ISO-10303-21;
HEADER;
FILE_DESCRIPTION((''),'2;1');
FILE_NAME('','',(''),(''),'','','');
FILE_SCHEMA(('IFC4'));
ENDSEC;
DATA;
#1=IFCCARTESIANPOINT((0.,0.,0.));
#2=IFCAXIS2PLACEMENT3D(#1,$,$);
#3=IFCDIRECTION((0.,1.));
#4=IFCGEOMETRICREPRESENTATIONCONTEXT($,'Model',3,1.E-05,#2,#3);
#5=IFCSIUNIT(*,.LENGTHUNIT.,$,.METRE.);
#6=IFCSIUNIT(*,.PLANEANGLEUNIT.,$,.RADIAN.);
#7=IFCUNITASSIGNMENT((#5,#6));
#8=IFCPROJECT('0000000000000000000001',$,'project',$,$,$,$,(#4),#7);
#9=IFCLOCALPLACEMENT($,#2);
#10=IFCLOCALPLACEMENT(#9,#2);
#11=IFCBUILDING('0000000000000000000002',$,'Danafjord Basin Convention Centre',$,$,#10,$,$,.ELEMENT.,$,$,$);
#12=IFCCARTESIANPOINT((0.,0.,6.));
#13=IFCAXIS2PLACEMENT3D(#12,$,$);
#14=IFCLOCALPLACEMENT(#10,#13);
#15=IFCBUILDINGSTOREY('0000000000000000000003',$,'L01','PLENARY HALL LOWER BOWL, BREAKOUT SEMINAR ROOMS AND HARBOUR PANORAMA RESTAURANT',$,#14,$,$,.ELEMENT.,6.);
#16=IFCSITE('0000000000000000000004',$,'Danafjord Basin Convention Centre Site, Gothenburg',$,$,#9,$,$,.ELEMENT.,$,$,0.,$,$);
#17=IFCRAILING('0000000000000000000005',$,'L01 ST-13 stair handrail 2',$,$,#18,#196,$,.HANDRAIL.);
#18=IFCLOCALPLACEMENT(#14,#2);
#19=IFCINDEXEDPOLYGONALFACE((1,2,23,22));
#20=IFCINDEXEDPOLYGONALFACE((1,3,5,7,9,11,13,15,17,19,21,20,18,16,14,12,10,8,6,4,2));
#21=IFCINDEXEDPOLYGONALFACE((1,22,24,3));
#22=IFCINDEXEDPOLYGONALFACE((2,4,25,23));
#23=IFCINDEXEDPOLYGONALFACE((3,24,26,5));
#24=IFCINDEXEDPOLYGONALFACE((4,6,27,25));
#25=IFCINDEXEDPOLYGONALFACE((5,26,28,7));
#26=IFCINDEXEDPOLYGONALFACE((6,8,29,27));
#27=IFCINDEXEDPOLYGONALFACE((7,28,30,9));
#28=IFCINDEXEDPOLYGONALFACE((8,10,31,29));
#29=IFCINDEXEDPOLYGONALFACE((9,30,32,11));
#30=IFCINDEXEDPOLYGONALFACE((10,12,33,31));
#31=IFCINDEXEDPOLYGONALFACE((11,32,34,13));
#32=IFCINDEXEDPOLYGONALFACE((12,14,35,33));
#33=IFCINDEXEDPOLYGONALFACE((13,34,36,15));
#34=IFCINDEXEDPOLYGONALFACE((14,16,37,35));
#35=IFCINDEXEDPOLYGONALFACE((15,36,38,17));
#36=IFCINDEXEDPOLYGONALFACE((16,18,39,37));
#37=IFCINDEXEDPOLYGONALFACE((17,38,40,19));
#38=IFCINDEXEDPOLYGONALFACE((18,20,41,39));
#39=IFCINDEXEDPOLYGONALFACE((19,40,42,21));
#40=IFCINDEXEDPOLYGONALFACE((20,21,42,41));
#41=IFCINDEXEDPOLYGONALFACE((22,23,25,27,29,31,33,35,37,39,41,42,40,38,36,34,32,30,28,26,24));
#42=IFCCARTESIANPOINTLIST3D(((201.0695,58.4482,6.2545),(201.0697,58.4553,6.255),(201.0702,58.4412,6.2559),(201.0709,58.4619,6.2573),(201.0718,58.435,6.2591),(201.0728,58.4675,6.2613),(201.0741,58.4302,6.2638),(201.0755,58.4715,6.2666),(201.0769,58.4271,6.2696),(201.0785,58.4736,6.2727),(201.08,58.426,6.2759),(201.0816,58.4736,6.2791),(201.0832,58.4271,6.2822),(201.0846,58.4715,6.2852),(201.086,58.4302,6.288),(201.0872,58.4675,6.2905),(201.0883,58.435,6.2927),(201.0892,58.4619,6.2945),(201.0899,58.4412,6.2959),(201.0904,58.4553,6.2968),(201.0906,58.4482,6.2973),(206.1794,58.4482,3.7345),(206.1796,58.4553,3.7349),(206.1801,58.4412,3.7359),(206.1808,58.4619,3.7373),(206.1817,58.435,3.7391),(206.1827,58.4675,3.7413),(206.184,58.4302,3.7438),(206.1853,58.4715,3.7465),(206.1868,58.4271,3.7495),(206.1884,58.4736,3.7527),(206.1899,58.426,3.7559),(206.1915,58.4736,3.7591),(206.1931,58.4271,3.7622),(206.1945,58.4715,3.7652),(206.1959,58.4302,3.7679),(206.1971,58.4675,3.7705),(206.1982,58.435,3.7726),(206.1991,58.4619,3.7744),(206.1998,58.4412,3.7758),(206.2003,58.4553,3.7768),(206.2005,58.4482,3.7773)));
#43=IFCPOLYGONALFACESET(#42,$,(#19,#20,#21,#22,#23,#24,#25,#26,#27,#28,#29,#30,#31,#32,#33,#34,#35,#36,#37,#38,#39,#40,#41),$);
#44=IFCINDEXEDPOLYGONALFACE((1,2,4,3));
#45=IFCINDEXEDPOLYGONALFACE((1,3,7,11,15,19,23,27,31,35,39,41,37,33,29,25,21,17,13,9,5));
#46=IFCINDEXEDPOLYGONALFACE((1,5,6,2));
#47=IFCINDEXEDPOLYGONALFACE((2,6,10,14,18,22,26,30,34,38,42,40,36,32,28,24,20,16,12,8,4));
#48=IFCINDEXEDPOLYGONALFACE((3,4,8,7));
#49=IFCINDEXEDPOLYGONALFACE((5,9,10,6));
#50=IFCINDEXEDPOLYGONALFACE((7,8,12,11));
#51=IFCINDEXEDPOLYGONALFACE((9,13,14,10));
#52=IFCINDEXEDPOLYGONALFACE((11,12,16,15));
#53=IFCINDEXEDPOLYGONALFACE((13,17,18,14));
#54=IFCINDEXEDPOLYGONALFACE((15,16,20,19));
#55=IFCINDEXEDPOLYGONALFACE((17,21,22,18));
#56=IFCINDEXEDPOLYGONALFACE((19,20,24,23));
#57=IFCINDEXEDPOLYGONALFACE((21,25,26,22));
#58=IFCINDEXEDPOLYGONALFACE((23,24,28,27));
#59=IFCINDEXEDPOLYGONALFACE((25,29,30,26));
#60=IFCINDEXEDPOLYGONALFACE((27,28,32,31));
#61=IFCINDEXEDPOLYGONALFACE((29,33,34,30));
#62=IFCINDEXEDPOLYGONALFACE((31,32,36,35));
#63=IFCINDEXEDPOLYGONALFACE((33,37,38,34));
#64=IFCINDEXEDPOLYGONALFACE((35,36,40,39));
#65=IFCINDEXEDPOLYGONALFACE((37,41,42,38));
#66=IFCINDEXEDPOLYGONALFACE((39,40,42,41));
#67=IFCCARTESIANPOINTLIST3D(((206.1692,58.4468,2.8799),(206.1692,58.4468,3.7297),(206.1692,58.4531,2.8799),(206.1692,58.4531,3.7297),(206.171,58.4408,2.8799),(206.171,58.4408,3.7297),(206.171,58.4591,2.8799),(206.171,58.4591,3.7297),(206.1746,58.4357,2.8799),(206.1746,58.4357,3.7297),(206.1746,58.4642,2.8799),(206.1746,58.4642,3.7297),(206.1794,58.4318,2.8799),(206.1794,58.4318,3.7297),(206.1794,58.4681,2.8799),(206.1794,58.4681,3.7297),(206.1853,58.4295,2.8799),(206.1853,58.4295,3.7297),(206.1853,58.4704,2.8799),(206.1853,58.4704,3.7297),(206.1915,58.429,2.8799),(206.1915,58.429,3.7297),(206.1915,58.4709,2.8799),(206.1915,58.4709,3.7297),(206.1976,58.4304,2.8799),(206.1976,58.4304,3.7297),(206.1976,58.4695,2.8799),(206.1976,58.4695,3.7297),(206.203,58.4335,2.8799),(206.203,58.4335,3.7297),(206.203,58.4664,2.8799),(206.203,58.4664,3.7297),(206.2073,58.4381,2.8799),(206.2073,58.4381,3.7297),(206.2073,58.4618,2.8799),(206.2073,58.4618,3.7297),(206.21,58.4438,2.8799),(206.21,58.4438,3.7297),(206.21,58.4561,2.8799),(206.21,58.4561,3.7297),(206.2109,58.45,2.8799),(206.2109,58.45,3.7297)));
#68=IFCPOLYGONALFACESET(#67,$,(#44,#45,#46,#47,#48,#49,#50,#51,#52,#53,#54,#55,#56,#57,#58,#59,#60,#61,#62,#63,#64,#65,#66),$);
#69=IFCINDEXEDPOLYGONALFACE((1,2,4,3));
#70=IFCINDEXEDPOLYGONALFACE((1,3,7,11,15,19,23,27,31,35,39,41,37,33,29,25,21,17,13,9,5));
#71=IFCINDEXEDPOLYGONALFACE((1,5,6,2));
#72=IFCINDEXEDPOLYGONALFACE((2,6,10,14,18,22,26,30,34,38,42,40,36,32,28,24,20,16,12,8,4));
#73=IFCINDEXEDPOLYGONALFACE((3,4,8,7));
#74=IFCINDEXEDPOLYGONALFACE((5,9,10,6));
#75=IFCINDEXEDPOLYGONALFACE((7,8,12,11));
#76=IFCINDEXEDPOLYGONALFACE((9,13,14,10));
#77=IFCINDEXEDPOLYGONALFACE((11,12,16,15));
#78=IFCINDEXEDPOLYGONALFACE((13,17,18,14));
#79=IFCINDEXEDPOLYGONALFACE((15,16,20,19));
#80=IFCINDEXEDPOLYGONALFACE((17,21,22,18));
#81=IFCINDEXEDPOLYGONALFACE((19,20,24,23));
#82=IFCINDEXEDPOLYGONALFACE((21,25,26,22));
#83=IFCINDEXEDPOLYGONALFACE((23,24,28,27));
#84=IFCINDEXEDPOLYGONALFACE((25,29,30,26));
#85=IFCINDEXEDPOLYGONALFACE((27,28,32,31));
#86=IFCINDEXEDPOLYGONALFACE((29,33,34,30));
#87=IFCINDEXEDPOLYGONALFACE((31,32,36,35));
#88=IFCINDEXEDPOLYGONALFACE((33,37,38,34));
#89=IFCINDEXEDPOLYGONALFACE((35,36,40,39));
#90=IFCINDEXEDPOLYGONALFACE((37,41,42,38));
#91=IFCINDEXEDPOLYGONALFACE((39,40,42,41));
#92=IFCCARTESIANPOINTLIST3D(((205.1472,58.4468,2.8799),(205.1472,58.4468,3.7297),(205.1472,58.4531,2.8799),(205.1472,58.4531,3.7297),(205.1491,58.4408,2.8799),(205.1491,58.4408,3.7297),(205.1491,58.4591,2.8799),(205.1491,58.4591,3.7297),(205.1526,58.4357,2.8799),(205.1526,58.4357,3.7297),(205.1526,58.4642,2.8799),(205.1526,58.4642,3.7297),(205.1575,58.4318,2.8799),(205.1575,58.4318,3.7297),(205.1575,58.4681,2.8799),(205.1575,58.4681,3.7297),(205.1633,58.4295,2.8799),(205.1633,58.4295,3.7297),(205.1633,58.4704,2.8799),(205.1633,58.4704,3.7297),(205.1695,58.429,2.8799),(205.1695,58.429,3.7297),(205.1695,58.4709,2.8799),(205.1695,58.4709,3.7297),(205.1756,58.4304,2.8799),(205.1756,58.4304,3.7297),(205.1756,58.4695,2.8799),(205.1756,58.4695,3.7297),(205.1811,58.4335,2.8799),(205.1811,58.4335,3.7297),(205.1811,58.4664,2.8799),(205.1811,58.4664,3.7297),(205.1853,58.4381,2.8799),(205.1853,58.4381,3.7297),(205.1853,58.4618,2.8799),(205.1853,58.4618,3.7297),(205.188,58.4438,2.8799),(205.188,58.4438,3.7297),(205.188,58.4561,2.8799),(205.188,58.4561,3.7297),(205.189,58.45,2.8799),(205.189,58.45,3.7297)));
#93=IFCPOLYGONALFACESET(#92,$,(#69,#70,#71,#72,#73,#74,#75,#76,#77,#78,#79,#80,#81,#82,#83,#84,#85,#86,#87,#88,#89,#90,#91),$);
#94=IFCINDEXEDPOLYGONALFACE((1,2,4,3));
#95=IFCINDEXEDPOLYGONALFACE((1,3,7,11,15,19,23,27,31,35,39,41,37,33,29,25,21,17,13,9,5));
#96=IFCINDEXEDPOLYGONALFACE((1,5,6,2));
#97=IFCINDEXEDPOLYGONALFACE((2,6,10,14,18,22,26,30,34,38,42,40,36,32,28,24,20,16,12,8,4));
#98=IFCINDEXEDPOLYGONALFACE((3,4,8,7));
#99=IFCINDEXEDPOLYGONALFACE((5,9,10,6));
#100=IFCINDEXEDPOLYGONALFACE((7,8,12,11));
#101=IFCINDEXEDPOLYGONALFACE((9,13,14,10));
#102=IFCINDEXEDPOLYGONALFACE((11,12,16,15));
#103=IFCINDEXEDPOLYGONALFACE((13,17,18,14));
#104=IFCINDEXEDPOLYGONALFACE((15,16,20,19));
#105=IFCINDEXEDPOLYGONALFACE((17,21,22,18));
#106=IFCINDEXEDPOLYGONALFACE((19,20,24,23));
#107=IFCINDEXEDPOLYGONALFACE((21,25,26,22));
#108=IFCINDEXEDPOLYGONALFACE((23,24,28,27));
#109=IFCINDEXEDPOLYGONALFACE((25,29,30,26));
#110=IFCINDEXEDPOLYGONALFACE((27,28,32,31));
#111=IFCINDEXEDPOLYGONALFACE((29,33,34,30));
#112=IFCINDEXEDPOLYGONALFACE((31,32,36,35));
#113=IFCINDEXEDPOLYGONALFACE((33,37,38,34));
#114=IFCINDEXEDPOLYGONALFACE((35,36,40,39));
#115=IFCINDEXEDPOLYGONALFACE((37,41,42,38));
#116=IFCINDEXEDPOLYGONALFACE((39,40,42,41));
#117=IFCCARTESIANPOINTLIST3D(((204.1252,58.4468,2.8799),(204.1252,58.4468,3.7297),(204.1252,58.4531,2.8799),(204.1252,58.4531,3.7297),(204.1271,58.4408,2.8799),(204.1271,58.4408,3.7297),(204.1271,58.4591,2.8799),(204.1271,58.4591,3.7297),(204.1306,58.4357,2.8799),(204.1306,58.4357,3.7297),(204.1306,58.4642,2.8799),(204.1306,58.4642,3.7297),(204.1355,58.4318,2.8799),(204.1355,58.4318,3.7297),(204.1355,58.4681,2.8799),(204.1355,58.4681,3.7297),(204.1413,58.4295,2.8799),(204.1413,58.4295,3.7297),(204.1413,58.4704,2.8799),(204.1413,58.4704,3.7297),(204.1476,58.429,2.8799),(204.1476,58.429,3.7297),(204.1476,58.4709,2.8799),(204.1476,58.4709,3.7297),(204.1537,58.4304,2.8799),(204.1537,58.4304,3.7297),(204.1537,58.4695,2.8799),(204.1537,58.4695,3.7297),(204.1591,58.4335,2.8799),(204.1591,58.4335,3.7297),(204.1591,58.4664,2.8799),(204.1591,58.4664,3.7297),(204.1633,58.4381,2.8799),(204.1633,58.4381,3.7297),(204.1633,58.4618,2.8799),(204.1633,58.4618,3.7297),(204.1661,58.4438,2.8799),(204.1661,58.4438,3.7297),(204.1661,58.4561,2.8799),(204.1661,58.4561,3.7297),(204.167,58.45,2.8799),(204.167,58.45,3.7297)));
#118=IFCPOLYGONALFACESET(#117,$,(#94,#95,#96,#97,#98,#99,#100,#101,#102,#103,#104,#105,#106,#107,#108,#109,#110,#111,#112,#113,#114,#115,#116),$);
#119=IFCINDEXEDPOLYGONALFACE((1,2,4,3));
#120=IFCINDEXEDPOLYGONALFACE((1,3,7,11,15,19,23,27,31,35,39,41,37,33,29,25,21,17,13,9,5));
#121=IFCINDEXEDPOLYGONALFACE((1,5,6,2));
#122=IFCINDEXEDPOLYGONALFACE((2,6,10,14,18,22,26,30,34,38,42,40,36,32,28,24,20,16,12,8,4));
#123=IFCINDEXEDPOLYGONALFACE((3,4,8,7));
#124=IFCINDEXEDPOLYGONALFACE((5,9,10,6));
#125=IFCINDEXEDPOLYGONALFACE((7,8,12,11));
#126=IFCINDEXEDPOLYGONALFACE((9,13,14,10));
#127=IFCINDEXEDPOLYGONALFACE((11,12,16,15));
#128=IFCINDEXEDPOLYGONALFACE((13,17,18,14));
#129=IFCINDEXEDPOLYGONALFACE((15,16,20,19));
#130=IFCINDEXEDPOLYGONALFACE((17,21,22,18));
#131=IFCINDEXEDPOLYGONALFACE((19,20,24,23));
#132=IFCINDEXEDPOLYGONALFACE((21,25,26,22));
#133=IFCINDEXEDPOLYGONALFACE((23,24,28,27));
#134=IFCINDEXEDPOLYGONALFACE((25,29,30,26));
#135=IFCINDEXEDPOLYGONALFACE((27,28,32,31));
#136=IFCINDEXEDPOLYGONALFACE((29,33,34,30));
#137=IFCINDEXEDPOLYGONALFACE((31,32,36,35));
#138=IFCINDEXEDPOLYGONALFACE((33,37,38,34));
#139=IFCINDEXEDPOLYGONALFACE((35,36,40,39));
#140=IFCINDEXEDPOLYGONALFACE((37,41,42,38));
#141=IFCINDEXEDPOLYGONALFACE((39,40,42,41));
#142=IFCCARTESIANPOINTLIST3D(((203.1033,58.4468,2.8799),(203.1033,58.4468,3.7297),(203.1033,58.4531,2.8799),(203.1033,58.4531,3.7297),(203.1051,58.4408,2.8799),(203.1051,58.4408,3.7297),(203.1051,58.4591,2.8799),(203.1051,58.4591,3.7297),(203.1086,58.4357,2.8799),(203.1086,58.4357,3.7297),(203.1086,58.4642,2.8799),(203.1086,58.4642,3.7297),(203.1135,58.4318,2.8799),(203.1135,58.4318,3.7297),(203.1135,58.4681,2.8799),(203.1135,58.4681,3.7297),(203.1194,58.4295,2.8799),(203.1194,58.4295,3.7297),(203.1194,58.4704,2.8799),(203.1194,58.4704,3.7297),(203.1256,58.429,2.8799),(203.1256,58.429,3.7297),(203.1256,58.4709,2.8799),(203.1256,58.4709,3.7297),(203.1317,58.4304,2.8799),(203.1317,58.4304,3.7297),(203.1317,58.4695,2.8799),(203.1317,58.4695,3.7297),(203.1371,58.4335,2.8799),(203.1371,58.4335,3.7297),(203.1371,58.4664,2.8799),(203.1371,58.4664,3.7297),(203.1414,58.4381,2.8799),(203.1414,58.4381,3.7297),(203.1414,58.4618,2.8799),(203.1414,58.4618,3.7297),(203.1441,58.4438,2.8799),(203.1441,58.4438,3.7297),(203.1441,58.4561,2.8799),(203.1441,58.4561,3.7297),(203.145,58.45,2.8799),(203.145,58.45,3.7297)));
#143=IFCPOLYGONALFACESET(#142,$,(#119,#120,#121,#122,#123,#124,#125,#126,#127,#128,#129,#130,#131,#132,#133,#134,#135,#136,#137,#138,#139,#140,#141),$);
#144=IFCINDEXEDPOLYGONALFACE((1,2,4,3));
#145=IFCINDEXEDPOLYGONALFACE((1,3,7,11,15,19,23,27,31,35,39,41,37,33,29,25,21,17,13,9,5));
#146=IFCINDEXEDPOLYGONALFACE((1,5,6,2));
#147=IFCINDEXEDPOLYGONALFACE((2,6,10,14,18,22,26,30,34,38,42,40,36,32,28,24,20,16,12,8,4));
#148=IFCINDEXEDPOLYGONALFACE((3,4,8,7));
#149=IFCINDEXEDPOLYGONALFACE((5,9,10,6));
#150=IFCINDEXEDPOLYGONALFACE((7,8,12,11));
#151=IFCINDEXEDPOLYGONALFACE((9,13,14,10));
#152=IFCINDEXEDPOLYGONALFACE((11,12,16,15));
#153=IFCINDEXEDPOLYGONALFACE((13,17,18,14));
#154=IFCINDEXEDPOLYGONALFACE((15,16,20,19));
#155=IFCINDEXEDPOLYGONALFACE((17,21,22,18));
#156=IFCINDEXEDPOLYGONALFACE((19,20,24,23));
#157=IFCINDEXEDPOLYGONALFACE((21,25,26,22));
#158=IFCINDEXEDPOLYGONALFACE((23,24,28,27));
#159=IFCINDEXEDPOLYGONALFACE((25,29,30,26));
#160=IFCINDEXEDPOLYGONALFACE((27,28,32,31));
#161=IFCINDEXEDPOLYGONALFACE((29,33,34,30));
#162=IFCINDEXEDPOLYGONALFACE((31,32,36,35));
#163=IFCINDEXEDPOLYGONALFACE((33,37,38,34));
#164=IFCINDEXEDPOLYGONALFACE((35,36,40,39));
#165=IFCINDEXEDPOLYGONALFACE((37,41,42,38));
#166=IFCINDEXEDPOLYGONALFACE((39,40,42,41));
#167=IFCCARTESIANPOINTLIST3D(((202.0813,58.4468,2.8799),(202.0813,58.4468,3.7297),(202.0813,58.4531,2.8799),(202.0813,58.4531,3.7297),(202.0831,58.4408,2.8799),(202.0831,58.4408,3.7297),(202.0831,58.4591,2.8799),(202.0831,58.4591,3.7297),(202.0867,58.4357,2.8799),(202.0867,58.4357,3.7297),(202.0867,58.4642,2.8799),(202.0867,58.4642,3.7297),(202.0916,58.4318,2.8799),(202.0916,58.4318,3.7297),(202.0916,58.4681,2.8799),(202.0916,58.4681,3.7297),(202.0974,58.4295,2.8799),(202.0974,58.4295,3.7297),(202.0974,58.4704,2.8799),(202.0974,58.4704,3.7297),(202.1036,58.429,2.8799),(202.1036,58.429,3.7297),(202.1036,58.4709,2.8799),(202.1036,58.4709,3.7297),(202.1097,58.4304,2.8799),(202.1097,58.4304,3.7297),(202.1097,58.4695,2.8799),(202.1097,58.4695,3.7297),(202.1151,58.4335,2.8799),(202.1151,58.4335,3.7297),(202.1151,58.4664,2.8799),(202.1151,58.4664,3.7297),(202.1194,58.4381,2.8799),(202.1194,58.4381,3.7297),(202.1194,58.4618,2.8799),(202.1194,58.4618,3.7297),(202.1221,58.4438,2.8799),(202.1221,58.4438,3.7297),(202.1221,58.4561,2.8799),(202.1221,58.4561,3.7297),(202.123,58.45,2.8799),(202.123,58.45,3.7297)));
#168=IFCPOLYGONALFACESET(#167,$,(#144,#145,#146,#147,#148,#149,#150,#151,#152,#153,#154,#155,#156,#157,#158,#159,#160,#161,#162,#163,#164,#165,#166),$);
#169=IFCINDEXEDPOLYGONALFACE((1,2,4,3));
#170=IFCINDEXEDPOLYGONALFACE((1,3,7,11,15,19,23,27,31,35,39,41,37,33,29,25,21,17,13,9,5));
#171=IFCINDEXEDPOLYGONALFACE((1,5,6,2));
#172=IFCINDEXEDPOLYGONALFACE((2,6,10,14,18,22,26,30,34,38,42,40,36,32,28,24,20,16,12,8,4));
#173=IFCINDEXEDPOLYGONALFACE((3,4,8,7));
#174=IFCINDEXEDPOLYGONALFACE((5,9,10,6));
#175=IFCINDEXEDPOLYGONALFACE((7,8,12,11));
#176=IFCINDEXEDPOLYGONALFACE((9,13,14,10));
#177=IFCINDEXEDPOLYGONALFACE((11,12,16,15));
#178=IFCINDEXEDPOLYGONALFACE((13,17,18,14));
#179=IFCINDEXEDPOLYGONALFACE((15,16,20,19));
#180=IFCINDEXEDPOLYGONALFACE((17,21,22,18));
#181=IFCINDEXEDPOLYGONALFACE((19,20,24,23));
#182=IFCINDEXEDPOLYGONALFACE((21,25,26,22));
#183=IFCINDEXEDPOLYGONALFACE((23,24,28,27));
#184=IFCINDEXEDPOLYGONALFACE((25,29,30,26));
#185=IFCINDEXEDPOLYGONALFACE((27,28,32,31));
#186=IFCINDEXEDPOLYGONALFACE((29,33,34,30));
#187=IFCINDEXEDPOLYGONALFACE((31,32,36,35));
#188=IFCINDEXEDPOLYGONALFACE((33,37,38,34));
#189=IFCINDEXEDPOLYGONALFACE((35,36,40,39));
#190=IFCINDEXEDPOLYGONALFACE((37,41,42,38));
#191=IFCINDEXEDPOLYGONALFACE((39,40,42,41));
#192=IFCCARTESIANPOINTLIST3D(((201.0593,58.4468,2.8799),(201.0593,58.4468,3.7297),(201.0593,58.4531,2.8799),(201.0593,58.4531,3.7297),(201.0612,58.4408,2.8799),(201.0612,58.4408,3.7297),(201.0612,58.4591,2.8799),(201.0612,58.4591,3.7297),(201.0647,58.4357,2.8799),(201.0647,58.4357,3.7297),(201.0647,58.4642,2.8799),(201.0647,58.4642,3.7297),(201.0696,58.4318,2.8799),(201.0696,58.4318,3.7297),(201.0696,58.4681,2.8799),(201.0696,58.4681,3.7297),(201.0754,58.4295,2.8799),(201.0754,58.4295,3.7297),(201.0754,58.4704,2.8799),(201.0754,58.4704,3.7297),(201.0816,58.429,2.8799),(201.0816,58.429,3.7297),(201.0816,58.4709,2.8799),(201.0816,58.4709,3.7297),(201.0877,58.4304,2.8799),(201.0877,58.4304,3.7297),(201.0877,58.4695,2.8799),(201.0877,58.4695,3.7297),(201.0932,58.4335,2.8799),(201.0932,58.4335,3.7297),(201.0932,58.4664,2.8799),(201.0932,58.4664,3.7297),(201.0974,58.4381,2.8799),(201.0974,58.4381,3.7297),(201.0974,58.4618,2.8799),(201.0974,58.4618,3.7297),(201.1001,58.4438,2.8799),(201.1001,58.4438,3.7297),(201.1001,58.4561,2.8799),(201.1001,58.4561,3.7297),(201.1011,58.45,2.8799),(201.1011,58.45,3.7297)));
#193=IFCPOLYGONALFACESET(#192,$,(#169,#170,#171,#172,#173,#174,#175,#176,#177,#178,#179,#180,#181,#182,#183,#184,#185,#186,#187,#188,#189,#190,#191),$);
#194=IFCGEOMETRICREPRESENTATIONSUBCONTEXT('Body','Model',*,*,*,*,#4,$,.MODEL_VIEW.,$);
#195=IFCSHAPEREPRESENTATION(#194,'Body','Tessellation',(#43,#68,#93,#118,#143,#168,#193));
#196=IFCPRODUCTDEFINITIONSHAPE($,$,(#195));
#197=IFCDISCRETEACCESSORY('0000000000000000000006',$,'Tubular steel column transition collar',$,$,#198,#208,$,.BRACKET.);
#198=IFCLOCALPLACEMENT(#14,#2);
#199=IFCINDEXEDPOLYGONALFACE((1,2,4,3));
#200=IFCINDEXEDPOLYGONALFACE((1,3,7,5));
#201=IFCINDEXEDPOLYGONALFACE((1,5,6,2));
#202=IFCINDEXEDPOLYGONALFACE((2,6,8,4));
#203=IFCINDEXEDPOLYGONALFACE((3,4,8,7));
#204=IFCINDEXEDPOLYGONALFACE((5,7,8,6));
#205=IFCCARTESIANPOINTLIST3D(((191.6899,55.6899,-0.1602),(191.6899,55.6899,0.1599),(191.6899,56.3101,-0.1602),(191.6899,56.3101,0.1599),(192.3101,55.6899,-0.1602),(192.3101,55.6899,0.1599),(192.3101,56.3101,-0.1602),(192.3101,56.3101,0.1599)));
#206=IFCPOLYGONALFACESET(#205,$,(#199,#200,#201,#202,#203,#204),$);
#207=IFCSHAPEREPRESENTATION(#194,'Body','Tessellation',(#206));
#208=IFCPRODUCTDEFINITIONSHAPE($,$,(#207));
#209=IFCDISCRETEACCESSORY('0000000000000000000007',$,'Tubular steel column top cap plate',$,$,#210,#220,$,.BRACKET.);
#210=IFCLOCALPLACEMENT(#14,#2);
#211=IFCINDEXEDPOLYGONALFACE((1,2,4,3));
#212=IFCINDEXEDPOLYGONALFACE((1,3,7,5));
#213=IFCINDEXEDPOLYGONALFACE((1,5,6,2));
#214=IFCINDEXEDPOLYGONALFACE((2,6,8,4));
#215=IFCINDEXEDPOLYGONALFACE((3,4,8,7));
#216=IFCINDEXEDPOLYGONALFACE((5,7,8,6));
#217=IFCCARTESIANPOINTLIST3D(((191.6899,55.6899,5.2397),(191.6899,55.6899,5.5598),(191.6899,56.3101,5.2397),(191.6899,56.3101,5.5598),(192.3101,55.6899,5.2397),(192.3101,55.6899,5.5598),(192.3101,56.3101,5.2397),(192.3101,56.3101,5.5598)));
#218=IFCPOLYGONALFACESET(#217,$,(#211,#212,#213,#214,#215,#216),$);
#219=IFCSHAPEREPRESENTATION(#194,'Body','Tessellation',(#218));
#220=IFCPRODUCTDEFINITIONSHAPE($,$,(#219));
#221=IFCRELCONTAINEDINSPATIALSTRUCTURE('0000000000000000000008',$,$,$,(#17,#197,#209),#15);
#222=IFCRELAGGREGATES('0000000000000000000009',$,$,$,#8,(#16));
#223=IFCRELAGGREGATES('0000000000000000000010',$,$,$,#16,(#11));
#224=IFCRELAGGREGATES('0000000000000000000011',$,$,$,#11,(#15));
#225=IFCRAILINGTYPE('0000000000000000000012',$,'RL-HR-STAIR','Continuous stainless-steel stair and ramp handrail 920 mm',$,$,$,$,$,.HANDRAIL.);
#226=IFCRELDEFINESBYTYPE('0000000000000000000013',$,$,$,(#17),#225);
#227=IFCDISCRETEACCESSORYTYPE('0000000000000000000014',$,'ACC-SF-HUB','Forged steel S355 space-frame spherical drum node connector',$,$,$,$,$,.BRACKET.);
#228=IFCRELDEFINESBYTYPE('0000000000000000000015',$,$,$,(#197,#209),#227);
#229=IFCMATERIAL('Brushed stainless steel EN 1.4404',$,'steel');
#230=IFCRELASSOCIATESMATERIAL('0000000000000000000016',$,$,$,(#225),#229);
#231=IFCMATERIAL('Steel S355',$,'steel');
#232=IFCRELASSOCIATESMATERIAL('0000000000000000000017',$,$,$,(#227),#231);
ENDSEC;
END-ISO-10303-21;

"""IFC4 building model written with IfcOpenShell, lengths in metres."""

from ifc_helpers import new_model, si_unit, direction, frame, origin, origin_2d, place, context, subcontext, project, spatial, rectangle, circle, extrude, material, type_object, element, save


model = new_model("IFC4")

# Units and contexts
model_context = context("Model", 3, precision=1e-05, world=origin(), true_north=direction((0.0, 1.0)))
body_context = subcontext(model_context, "Body", "Model", "MODEL_VIEW")
ifc_project = project(units=[si_unit("LENGTHUNIT", "METRE"), si_unit("PLANEANGLEUNIT", "RADIAN")], contexts=[model_context])

# Site, building, storey
site_placement = place(None, origin())
site = spatial("IfcSite", under=ifc_project, at=site_placement, Name="Danafjord Basin Convention Centre Site, Gothenburg", CompositionType="ELEMENT", RefElevation=0.0)
building_placement = place(site_placement, origin())
building = spatial("IfcBuilding", under=site, at=building_placement, Name="Danafjord Basin Convention Centre", CompositionType="ELEMENT")
storey_placement = place(building_placement, frame((0.0, 0.0, 6.0)))
storey = spatial("IfcBuildingStorey", under=building, at=storey_placement, Name="L01", Description="PLENARY HALL LOWER BOWL, BREAKOUT SEMINAR ROOMS AND HARBOUR PANORAMA RESTAURANT", CompositionType="ELEMENT", Elevation=6.0)

# Shared definitions
ifc_material_1 = material(Name="Steel S355", Category="steel")

# Railing
ifc_material_2 = material(Name="Brushed stainless steel EN 1.4404", Category="steel")
railing_type_1 = type_object("IfcRailingType", Name="RL-HR-STAIR", Description="Continuous stainless-steel stair and ramp handrail 920 mm", PredefinedType="HANDRAIL", material=ifc_material_2)
railing_1_placement = place(storey_placement, frame((206.1899, 58.45, 2.8799)))
element("IfcRailing", 1, at=railing_1_placement, inside=storey, type_object=railing_type_1, Name="L01 ST-13 stair handrail 2", PredefinedType="HANDRAIL", context=body_context, shape_type="SweptSolid", body=[
    extrude(circle(Radius=0.0239, at=origin_2d()), frame((0.0, 0.0, 0.876), z_axis=(-0.896865, 0.0, 0.442305), x_axis=(0.0, -1.0, 0.0)), (0.0, 0.0, 1.0), 5.6975),
    extrude(circle(Radius=0.021, at=origin_2d()), origin(), (0.0, 0.0, 1.0), 0.8499),
    extrude(circle(Radius=0.021, at=origin_2d()), frame((-1.022, 0.0, 0.0)), (0.0, 0.0, 1.0), 0.8499),
    extrude(circle(Radius=0.021, at=origin_2d()), frame((-2.0439, 0.0, 0.0)), (0.0, 0.0, 1.0), 0.8499),
    extrude(circle(Radius=0.021, at=origin_2d()), frame((-3.0659, 0.0, 0.0)), (0.0, 0.0, 1.0), 0.8499),
    extrude(circle(Radius=0.021, at=origin_2d()), frame((-4.0879, 0.0, 0.0)), (0.0, 0.0, 1.0), 0.8499),
    extrude(circle(Radius=0.021, at=origin_2d()), frame((-5.1099, 0.0, 0.0)), (0.0, 0.0, 1.0), 0.8499),
])

# Discrete accessories
discrete_accessory_type = type_object("IfcDiscreteAccessoryType", Name="ACC-SF-HUB", Description="Forged steel S355 space-frame spherical drum node connector", PredefinedType="BRACKET", material=ifc_material_1)
for number, where, z_axis, x_axis, name in (
    (2, (192.0, 56.0, -0.1602), (0.0, 0.0, 1.0), (1.0, 0.0, 0.0), "Tubular steel column transition collar"),
    (3, (192.0, 56.0, 5.2397), (0.0, 0.0, 1.0), (1.0, 0.0, 0.0), "Tubular steel column top cap plate"),
):
    element("IfcDiscreteAccessory", number, at=place(storey_placement, frame(where, z_axis=z_axis, x_axis=x_axis)), inside=storey, type_object=discrete_accessory_type, Name=name, PredefinedType="BRACKET", context=body_context, shape_type="SweptSolid", body=[
        extrude(rectangle(XDim=0.6201, YDim=0.6201, at=origin_2d()), origin(), (0.0, 0.0, 1.0), 0.3201),
    ])

save(model, "model.ifc")
